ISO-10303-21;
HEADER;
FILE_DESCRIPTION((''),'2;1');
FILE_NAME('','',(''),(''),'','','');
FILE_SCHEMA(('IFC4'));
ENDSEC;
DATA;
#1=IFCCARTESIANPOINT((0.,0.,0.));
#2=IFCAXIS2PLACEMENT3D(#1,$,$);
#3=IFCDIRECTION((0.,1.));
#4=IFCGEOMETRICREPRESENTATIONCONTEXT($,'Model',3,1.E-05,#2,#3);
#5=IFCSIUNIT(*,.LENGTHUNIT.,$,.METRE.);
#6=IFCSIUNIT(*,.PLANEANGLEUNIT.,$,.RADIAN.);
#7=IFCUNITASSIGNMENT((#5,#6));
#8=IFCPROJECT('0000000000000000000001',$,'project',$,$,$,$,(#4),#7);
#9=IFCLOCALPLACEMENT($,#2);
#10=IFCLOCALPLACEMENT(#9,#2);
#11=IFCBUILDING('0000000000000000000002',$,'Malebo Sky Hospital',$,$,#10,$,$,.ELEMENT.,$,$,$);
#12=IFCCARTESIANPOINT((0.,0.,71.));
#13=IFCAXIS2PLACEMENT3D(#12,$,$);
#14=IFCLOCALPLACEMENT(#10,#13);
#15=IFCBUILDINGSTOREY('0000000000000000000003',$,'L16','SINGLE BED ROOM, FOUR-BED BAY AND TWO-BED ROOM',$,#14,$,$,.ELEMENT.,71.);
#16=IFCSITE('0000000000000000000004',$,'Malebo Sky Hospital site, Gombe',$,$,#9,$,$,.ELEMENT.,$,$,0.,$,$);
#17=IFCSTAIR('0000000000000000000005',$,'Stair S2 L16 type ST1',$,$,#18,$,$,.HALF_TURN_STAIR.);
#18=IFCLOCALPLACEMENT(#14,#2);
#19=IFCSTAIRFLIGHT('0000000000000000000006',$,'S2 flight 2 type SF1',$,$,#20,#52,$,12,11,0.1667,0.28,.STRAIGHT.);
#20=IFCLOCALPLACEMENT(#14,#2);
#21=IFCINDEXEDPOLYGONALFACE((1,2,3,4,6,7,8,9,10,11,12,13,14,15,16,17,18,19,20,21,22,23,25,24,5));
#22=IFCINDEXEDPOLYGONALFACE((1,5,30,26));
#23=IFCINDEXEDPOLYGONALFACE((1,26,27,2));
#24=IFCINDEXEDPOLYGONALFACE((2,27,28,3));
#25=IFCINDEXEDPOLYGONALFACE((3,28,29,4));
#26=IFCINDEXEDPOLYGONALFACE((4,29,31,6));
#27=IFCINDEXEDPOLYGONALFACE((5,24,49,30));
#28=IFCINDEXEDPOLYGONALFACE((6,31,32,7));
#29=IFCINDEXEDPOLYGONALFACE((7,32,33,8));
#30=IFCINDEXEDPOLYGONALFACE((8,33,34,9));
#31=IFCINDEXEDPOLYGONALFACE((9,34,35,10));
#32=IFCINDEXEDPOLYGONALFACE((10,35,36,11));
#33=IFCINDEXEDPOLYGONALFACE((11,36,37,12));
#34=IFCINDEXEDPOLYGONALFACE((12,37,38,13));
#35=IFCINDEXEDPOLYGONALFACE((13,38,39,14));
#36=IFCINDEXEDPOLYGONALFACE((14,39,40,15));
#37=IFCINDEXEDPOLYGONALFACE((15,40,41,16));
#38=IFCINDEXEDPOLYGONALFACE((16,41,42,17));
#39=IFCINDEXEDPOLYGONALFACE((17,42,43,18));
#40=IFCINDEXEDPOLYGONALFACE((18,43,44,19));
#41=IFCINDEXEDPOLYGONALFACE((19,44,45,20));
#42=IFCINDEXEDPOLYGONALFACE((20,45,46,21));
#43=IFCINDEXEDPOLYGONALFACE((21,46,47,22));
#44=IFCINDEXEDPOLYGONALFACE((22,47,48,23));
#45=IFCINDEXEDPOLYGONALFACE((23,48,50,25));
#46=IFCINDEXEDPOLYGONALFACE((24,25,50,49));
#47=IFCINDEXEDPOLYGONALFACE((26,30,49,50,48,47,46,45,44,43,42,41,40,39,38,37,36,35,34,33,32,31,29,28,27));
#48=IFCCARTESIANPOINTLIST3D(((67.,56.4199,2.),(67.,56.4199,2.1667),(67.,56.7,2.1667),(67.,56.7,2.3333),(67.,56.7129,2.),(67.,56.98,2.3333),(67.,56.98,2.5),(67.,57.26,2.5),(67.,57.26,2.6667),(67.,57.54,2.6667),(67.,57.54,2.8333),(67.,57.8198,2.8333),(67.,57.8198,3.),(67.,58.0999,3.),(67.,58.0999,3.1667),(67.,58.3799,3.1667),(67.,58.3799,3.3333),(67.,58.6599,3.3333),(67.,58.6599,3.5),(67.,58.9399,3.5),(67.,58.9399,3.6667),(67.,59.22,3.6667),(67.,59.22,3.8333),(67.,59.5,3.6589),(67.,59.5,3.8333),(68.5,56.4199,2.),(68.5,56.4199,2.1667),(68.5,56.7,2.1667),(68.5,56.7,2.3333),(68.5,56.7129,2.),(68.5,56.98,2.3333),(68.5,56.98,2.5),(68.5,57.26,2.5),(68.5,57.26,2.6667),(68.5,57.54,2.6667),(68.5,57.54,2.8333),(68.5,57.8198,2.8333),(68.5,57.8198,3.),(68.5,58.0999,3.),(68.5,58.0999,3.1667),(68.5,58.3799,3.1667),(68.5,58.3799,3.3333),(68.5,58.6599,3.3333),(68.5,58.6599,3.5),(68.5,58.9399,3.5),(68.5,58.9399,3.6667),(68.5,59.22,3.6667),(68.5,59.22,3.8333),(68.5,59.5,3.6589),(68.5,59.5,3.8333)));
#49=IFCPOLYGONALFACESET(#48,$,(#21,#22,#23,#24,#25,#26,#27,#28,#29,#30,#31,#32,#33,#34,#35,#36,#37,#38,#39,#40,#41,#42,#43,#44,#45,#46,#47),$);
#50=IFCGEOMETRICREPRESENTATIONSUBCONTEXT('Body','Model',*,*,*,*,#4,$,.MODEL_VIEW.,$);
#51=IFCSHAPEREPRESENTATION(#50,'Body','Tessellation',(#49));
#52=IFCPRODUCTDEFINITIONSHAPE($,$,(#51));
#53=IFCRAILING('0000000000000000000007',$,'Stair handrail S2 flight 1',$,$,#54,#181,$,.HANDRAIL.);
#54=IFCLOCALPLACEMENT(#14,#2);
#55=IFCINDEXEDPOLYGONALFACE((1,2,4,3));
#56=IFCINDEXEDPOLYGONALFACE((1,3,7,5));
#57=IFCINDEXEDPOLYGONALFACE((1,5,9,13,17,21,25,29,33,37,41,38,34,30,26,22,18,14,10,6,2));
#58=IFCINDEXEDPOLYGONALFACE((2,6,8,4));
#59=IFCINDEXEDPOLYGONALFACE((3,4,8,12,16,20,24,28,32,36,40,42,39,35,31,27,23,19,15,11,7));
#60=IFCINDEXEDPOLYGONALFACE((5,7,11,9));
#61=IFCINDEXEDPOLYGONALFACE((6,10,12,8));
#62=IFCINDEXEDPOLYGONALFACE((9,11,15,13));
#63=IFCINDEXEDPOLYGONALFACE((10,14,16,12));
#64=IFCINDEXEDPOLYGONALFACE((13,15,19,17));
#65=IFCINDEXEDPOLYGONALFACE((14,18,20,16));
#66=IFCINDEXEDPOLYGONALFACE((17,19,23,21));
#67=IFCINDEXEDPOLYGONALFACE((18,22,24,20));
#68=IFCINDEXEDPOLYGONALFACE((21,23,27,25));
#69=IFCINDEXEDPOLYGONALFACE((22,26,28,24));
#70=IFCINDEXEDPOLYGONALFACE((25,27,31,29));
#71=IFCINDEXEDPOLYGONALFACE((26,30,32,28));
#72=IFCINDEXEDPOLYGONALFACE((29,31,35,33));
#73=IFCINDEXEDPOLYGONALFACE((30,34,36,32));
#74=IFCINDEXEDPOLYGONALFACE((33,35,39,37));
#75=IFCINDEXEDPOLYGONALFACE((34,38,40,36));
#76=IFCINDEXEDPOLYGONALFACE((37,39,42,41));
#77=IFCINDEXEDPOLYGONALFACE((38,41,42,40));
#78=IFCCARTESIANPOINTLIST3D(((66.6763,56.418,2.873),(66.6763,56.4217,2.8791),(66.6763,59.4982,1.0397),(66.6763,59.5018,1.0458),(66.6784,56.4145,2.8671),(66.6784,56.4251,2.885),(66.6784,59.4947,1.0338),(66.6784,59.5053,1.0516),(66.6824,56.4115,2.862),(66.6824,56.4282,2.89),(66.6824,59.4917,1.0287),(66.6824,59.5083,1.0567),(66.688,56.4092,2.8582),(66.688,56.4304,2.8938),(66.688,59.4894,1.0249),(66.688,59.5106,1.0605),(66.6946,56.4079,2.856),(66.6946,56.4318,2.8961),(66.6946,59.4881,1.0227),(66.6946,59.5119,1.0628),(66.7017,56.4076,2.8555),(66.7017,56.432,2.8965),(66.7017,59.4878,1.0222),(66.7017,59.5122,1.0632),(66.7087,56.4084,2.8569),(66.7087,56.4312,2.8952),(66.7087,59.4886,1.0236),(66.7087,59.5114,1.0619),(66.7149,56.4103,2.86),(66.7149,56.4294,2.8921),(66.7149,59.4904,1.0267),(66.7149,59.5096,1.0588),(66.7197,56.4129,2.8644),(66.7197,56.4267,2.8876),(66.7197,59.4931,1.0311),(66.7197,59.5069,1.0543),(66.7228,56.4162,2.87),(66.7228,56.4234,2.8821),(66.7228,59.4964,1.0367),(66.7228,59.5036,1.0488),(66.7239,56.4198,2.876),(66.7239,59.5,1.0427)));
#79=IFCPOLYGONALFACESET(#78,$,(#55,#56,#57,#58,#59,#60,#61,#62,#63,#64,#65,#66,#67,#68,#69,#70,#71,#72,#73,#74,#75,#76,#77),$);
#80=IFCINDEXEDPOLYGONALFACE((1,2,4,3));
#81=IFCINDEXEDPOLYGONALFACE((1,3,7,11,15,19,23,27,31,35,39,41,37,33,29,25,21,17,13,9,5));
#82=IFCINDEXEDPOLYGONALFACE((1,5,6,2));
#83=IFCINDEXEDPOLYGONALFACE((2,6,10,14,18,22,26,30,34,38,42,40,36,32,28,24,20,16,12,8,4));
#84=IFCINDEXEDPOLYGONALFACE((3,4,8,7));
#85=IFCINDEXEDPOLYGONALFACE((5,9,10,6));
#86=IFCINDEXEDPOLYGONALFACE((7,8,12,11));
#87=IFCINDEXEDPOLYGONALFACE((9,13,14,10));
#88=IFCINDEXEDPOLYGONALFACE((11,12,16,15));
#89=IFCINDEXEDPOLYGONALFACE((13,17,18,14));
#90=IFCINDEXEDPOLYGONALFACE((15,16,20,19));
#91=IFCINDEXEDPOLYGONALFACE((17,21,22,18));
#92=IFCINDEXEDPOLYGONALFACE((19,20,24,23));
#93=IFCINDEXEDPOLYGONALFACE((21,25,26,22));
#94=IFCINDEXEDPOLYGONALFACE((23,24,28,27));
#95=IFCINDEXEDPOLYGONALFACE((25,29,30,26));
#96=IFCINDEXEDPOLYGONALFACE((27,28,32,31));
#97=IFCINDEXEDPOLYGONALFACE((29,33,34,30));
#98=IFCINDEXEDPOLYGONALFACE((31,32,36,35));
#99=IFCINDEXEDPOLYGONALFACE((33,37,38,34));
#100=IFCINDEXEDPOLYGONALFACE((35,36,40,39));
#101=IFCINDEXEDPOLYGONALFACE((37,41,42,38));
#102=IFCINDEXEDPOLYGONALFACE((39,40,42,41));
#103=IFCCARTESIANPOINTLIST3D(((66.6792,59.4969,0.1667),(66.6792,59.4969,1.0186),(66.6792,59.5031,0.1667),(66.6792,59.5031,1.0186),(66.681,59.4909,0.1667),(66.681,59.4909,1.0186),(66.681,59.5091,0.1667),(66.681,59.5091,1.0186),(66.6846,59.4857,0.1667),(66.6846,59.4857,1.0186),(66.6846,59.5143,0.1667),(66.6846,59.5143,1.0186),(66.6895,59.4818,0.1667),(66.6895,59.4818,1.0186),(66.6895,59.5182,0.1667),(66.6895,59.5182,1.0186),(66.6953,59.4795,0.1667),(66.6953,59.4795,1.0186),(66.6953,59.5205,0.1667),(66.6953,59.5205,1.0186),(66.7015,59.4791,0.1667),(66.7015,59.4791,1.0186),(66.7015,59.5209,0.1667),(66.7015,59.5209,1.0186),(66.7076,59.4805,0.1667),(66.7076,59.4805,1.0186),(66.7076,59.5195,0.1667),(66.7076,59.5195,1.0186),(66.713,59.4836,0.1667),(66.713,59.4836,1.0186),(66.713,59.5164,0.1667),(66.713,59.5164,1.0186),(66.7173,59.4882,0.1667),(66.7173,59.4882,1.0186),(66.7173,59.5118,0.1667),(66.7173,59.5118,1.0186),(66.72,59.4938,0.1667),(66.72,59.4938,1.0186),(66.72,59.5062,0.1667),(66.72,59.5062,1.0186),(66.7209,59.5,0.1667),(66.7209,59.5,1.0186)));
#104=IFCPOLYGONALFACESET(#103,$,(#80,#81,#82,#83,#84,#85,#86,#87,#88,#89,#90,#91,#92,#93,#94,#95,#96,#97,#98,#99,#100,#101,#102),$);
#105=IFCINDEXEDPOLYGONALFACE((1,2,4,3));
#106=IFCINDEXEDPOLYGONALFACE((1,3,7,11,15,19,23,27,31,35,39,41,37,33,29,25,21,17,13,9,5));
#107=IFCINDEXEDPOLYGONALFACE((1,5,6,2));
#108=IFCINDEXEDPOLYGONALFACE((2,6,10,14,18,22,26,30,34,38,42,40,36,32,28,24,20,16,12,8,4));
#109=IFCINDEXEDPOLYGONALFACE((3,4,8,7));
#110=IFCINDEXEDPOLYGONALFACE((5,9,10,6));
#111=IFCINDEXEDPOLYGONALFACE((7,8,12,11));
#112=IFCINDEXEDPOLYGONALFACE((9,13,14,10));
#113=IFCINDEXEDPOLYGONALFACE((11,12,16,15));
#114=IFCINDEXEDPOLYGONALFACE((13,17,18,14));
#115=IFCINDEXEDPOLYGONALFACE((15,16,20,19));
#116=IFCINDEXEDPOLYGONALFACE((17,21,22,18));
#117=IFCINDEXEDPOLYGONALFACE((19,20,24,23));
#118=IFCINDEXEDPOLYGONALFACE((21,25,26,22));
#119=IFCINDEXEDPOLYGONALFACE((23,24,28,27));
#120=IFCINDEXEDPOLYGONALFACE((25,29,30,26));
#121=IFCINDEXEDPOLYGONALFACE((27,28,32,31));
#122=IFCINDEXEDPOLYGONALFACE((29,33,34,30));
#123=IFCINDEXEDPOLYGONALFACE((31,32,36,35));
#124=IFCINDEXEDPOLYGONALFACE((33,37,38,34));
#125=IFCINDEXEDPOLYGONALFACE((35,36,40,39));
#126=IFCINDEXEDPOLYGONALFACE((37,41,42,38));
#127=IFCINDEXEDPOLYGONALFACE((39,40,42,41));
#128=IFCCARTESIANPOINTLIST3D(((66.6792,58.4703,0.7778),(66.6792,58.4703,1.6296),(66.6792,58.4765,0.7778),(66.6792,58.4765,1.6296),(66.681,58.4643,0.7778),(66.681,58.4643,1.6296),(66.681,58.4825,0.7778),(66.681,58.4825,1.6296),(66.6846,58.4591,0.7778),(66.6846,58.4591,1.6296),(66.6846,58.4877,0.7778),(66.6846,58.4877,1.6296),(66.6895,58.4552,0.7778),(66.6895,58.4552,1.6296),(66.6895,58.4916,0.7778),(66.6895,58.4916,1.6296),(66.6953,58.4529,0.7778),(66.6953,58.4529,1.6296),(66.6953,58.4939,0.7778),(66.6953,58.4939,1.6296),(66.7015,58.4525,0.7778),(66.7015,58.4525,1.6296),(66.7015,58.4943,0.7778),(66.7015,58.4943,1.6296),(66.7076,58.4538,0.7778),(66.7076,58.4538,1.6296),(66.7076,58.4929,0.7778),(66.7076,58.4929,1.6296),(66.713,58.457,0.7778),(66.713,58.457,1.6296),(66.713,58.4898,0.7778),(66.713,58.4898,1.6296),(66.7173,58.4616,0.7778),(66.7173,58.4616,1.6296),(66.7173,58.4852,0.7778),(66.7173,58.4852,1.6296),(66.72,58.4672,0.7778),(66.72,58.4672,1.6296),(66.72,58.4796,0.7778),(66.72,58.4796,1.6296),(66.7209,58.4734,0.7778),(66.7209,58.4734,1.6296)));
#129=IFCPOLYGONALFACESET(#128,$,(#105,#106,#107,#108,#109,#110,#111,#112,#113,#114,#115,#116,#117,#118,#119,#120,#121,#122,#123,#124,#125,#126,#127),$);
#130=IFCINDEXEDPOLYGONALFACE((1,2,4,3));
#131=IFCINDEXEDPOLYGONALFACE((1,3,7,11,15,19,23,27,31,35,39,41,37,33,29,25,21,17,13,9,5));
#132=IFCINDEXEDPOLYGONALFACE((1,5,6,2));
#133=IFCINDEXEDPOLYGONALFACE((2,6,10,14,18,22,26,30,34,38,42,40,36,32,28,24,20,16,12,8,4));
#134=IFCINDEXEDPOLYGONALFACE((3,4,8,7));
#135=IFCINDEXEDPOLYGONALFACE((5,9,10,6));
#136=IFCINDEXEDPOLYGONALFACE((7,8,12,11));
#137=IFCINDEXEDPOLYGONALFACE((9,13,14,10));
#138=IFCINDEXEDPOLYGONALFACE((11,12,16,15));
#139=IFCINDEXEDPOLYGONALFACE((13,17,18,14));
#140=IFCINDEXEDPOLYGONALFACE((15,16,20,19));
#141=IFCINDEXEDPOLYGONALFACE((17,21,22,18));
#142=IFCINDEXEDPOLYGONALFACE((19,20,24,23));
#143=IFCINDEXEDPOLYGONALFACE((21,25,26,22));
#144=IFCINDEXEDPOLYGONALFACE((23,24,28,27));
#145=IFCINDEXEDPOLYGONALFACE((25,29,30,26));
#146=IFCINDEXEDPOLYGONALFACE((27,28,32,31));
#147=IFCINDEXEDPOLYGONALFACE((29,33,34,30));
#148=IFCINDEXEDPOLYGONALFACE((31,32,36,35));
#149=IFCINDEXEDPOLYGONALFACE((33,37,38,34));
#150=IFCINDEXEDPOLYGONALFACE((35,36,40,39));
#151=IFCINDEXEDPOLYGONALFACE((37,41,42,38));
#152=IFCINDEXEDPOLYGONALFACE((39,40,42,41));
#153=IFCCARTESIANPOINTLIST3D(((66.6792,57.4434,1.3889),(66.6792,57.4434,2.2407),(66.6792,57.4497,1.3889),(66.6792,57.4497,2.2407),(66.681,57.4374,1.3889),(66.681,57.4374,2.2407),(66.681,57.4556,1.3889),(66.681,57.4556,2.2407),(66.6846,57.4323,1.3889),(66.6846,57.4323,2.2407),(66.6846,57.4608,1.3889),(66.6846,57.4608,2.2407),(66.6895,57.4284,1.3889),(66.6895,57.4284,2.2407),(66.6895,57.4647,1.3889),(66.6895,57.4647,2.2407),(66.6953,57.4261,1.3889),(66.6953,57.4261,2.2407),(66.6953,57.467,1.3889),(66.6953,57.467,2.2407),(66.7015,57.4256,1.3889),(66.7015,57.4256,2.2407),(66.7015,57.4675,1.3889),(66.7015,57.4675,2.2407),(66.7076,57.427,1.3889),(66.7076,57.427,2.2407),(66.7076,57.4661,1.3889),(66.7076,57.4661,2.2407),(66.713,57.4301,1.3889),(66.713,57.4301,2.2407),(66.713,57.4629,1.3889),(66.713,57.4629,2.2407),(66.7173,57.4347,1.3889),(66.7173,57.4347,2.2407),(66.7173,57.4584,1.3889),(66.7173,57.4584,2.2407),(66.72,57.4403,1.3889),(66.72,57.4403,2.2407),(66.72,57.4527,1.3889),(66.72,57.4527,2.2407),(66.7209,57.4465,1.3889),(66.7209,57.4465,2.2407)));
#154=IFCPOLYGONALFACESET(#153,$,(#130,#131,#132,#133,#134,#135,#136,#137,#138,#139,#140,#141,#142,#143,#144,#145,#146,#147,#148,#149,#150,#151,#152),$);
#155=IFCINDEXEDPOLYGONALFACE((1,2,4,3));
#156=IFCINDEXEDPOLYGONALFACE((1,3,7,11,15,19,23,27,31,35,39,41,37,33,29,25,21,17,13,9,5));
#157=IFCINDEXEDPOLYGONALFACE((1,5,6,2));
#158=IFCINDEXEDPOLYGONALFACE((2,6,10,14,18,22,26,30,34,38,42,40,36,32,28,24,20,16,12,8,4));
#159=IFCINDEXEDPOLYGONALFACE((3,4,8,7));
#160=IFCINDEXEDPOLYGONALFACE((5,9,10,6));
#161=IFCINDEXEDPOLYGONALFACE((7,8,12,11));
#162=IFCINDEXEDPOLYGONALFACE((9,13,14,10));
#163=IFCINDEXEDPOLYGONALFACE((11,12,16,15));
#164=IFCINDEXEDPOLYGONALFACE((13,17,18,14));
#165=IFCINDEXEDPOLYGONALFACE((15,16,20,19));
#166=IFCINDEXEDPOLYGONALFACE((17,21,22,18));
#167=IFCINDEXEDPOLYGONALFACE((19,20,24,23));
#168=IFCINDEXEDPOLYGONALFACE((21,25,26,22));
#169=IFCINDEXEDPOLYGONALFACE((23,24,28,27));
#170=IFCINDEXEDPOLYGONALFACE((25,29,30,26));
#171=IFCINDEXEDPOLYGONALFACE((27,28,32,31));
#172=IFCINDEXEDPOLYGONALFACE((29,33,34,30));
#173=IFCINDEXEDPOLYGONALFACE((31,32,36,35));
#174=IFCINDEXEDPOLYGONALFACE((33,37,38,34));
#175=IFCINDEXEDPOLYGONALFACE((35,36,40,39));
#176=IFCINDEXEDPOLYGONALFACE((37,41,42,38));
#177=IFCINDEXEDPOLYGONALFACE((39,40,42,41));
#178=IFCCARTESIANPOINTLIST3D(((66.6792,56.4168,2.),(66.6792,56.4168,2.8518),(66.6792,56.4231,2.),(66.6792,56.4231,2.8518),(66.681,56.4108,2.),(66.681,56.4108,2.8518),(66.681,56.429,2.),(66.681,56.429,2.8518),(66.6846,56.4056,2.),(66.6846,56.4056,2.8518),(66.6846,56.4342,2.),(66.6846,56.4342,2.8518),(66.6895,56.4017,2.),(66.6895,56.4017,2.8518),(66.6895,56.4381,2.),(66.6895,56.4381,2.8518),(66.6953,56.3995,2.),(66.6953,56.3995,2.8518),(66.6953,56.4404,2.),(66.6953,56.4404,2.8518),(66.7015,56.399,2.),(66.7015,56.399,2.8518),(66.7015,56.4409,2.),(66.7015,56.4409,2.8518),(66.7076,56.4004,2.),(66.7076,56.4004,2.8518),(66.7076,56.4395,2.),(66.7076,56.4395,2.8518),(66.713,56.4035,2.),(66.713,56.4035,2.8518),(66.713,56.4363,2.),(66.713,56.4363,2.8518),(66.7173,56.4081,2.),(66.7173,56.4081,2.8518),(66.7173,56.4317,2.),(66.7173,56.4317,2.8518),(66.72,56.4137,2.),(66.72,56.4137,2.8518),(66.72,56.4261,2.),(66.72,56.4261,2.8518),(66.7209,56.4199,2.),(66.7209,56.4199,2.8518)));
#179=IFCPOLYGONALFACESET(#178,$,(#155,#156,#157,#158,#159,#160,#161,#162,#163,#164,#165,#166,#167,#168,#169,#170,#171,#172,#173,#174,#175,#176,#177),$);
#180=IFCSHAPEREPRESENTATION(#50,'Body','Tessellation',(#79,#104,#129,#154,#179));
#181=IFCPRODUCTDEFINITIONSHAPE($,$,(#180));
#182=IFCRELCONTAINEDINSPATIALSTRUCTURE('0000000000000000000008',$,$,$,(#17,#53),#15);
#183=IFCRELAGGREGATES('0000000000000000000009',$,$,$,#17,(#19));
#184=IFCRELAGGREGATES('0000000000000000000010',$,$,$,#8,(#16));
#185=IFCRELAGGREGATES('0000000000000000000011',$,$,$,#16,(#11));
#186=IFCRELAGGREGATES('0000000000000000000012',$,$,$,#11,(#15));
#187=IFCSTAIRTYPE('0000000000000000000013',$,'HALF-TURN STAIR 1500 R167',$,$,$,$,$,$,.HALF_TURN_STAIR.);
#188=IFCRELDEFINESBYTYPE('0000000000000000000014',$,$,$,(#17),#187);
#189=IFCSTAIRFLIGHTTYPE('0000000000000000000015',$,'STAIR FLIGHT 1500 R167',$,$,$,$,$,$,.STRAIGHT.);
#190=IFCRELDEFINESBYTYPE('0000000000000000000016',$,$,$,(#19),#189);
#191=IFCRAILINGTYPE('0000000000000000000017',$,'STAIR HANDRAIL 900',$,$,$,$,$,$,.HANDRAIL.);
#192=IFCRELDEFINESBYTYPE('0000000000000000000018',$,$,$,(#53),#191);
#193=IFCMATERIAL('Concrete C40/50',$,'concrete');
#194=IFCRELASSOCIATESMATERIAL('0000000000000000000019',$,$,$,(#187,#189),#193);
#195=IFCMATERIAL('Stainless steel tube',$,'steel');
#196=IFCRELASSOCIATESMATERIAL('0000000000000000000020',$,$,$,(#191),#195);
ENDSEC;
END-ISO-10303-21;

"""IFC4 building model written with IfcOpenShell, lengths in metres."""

from ifc_helpers import new_model, si_unit, direction, frame, origin, origin_2d, place, context, subcontext, project, spatial, polyline, circle, outline, extrude, material, type_object, element, aggregate, save


model = new_model("IFC4")

# Units and contexts
model_context = context("Model", 3, precision=1e-05, world=origin(), true_north=direction((0.0, 1.0)))
body_context = subcontext(model_context, "Body", "Model", "MODEL_VIEW")
ifc_project = project(units=[si_unit("LENGTHUNIT", "METRE"), si_unit("PLANEANGLEUNIT", "RADIAN")], contexts=[model_context])

# Site, building, storey
site_placement = place(None, origin())
site = spatial("IfcSite", under=ifc_project, at=site_placement, Name="Malebo Sky Hospital site, Gombe", CompositionType="ELEMENT", RefElevation=0.0)
building_placement = place(site_placement, origin())
building = spatial("IfcBuilding", under=site, at=building_placement, Name="Malebo Sky Hospital", CompositionType="ELEMENT")
storey_placement = place(building_placement, frame((0.0, 0.0, 71.0)))
storey = spatial("IfcBuildingStorey", under=building, at=storey_placement, Name="L16", Description="SINGLE BED ROOM, FOUR-BED BAY AND TWO-BED ROOM", CompositionType="ELEMENT", Elevation=71.0)

# Stair, stair flight
ifc_material_1 = material(Name="Concrete C40/50", Category="concrete")
stair_type = type_object("IfcStairType", Name="HALF-TURN STAIR 1500 R167", PredefinedType="HALF_TURN_STAIR", material=ifc_material_1)
stair_placement = place(storey_placement, origin())
stair = element("IfcStair", 1, at=stair_placement, inside=storey, type_object=stair_type, Name="Stair S2 L16 type ST1", PredefinedType="HALF_TURN_STAIR")
stair_flight_type = type_object("IfcStairFlightType", Name="STAIR FLIGHT 1500 R167", PredefinedType="STRAIGHT", material=ifc_material_1)
stair_flight_1_placement = place(storey_placement, frame((67.75, 56.4199, 2.0), z_axis=(0.0, 0.0, 1.0), x_axis=(0.0, 1.0, 0.0)))
stair_flight_1 = element("IfcStairFlight", 2, at=stair_flight_1_placement, type_object=stair_flight_type, Name="S2 flight 2 type SF1", NumberOfRisers=12, NumberOfTreads=11, PredefinedType="STRAIGHT", RiserHeight=0.1667, TreadLength=0.28, context=body_context, shape_type="SweptSolid", body=[
    extrude(outline(polyline([(0.0, 0.0), (0.0, 0.1667), (0.28, 0.1667), (0.28, 0.3333), (0.5601, 0.3333), (0.5601, 0.5), (0.8401, 0.5), (0.8401, 0.6667), (1.1201, 0.6667), (1.1201, 0.8333), (1.3999, 0.8333), (1.3999, 1.0), (1.6799, 1.0), (1.6799, 1.1667), (1.96, 1.1667), (1.96, 1.3333), (2.24, 1.3333), (2.24, 1.5), (2.52, 1.5), (2.52, 1.6667), (2.8, 1.6667), (2.8, 1.8333), (3.0801, 1.8333), (3.0801, 2.0), (3.0801, 1.6589), (0.293, 0.0), (0.0, 0.0)])), frame((0.0, 0.75, 0.0), z_axis=(0.0, -1.0, 0.0), x_axis=(1.0, 0.0, 0.0)), (0.0, 0.0, 1.0), 1.5),
])
aggregate(stair, [stair_flight_1])

# Railing
ifc_material_2 = material(Name="Stainless steel tube", Category="steel")
railing_type = type_object("IfcRailingType", Name="STAIR HANDRAIL 900", PredefinedType="HANDRAIL", material=ifc_material_2)
railing_1_placement = place(storey_placement, frame((66.7, 59.5, 0.1667)))
element("IfcRailing", 3, at=railing_1_placement, inside=storey, type_object=railing_type, Name="Stair handrail S2 flight 1", PredefinedType="HANDRAIL", context=body_context, shape_type="SweptSolid", body=[
    extrude(circle(Radius=0.0239, at=origin_2d()), frame((0.0, 0.0, 0.876), z_axis=(0.0, -0.859309, 0.511458), x_axis=(1.0, 0.0, 0.0)), (0.0, 0.0, 1.0), 3.5845),
    extrude(circle(Radius=0.021, at=origin_2d()), origin(), (0.0, 0.0, 1.0), 0.8518),
    extrude(circle(Radius=0.021, at=origin_2d()), frame((0.0, -1.0266, 0.6111)), (0.0, 0.0, 1.0), 0.8518),
    extrude(circle(Radius=0.021, at=origin_2d()), frame((0.0, -2.0535, 1.2222)), (0.0, 0.0, 1.0), 0.8518),
    extrude(circle(Radius=0.021, at=origin_2d()), frame((0.0, -3.0801, 1.8333)), (0.0, 0.0, 1.0), 0.8518),
])

save(model, "model.ifc")
